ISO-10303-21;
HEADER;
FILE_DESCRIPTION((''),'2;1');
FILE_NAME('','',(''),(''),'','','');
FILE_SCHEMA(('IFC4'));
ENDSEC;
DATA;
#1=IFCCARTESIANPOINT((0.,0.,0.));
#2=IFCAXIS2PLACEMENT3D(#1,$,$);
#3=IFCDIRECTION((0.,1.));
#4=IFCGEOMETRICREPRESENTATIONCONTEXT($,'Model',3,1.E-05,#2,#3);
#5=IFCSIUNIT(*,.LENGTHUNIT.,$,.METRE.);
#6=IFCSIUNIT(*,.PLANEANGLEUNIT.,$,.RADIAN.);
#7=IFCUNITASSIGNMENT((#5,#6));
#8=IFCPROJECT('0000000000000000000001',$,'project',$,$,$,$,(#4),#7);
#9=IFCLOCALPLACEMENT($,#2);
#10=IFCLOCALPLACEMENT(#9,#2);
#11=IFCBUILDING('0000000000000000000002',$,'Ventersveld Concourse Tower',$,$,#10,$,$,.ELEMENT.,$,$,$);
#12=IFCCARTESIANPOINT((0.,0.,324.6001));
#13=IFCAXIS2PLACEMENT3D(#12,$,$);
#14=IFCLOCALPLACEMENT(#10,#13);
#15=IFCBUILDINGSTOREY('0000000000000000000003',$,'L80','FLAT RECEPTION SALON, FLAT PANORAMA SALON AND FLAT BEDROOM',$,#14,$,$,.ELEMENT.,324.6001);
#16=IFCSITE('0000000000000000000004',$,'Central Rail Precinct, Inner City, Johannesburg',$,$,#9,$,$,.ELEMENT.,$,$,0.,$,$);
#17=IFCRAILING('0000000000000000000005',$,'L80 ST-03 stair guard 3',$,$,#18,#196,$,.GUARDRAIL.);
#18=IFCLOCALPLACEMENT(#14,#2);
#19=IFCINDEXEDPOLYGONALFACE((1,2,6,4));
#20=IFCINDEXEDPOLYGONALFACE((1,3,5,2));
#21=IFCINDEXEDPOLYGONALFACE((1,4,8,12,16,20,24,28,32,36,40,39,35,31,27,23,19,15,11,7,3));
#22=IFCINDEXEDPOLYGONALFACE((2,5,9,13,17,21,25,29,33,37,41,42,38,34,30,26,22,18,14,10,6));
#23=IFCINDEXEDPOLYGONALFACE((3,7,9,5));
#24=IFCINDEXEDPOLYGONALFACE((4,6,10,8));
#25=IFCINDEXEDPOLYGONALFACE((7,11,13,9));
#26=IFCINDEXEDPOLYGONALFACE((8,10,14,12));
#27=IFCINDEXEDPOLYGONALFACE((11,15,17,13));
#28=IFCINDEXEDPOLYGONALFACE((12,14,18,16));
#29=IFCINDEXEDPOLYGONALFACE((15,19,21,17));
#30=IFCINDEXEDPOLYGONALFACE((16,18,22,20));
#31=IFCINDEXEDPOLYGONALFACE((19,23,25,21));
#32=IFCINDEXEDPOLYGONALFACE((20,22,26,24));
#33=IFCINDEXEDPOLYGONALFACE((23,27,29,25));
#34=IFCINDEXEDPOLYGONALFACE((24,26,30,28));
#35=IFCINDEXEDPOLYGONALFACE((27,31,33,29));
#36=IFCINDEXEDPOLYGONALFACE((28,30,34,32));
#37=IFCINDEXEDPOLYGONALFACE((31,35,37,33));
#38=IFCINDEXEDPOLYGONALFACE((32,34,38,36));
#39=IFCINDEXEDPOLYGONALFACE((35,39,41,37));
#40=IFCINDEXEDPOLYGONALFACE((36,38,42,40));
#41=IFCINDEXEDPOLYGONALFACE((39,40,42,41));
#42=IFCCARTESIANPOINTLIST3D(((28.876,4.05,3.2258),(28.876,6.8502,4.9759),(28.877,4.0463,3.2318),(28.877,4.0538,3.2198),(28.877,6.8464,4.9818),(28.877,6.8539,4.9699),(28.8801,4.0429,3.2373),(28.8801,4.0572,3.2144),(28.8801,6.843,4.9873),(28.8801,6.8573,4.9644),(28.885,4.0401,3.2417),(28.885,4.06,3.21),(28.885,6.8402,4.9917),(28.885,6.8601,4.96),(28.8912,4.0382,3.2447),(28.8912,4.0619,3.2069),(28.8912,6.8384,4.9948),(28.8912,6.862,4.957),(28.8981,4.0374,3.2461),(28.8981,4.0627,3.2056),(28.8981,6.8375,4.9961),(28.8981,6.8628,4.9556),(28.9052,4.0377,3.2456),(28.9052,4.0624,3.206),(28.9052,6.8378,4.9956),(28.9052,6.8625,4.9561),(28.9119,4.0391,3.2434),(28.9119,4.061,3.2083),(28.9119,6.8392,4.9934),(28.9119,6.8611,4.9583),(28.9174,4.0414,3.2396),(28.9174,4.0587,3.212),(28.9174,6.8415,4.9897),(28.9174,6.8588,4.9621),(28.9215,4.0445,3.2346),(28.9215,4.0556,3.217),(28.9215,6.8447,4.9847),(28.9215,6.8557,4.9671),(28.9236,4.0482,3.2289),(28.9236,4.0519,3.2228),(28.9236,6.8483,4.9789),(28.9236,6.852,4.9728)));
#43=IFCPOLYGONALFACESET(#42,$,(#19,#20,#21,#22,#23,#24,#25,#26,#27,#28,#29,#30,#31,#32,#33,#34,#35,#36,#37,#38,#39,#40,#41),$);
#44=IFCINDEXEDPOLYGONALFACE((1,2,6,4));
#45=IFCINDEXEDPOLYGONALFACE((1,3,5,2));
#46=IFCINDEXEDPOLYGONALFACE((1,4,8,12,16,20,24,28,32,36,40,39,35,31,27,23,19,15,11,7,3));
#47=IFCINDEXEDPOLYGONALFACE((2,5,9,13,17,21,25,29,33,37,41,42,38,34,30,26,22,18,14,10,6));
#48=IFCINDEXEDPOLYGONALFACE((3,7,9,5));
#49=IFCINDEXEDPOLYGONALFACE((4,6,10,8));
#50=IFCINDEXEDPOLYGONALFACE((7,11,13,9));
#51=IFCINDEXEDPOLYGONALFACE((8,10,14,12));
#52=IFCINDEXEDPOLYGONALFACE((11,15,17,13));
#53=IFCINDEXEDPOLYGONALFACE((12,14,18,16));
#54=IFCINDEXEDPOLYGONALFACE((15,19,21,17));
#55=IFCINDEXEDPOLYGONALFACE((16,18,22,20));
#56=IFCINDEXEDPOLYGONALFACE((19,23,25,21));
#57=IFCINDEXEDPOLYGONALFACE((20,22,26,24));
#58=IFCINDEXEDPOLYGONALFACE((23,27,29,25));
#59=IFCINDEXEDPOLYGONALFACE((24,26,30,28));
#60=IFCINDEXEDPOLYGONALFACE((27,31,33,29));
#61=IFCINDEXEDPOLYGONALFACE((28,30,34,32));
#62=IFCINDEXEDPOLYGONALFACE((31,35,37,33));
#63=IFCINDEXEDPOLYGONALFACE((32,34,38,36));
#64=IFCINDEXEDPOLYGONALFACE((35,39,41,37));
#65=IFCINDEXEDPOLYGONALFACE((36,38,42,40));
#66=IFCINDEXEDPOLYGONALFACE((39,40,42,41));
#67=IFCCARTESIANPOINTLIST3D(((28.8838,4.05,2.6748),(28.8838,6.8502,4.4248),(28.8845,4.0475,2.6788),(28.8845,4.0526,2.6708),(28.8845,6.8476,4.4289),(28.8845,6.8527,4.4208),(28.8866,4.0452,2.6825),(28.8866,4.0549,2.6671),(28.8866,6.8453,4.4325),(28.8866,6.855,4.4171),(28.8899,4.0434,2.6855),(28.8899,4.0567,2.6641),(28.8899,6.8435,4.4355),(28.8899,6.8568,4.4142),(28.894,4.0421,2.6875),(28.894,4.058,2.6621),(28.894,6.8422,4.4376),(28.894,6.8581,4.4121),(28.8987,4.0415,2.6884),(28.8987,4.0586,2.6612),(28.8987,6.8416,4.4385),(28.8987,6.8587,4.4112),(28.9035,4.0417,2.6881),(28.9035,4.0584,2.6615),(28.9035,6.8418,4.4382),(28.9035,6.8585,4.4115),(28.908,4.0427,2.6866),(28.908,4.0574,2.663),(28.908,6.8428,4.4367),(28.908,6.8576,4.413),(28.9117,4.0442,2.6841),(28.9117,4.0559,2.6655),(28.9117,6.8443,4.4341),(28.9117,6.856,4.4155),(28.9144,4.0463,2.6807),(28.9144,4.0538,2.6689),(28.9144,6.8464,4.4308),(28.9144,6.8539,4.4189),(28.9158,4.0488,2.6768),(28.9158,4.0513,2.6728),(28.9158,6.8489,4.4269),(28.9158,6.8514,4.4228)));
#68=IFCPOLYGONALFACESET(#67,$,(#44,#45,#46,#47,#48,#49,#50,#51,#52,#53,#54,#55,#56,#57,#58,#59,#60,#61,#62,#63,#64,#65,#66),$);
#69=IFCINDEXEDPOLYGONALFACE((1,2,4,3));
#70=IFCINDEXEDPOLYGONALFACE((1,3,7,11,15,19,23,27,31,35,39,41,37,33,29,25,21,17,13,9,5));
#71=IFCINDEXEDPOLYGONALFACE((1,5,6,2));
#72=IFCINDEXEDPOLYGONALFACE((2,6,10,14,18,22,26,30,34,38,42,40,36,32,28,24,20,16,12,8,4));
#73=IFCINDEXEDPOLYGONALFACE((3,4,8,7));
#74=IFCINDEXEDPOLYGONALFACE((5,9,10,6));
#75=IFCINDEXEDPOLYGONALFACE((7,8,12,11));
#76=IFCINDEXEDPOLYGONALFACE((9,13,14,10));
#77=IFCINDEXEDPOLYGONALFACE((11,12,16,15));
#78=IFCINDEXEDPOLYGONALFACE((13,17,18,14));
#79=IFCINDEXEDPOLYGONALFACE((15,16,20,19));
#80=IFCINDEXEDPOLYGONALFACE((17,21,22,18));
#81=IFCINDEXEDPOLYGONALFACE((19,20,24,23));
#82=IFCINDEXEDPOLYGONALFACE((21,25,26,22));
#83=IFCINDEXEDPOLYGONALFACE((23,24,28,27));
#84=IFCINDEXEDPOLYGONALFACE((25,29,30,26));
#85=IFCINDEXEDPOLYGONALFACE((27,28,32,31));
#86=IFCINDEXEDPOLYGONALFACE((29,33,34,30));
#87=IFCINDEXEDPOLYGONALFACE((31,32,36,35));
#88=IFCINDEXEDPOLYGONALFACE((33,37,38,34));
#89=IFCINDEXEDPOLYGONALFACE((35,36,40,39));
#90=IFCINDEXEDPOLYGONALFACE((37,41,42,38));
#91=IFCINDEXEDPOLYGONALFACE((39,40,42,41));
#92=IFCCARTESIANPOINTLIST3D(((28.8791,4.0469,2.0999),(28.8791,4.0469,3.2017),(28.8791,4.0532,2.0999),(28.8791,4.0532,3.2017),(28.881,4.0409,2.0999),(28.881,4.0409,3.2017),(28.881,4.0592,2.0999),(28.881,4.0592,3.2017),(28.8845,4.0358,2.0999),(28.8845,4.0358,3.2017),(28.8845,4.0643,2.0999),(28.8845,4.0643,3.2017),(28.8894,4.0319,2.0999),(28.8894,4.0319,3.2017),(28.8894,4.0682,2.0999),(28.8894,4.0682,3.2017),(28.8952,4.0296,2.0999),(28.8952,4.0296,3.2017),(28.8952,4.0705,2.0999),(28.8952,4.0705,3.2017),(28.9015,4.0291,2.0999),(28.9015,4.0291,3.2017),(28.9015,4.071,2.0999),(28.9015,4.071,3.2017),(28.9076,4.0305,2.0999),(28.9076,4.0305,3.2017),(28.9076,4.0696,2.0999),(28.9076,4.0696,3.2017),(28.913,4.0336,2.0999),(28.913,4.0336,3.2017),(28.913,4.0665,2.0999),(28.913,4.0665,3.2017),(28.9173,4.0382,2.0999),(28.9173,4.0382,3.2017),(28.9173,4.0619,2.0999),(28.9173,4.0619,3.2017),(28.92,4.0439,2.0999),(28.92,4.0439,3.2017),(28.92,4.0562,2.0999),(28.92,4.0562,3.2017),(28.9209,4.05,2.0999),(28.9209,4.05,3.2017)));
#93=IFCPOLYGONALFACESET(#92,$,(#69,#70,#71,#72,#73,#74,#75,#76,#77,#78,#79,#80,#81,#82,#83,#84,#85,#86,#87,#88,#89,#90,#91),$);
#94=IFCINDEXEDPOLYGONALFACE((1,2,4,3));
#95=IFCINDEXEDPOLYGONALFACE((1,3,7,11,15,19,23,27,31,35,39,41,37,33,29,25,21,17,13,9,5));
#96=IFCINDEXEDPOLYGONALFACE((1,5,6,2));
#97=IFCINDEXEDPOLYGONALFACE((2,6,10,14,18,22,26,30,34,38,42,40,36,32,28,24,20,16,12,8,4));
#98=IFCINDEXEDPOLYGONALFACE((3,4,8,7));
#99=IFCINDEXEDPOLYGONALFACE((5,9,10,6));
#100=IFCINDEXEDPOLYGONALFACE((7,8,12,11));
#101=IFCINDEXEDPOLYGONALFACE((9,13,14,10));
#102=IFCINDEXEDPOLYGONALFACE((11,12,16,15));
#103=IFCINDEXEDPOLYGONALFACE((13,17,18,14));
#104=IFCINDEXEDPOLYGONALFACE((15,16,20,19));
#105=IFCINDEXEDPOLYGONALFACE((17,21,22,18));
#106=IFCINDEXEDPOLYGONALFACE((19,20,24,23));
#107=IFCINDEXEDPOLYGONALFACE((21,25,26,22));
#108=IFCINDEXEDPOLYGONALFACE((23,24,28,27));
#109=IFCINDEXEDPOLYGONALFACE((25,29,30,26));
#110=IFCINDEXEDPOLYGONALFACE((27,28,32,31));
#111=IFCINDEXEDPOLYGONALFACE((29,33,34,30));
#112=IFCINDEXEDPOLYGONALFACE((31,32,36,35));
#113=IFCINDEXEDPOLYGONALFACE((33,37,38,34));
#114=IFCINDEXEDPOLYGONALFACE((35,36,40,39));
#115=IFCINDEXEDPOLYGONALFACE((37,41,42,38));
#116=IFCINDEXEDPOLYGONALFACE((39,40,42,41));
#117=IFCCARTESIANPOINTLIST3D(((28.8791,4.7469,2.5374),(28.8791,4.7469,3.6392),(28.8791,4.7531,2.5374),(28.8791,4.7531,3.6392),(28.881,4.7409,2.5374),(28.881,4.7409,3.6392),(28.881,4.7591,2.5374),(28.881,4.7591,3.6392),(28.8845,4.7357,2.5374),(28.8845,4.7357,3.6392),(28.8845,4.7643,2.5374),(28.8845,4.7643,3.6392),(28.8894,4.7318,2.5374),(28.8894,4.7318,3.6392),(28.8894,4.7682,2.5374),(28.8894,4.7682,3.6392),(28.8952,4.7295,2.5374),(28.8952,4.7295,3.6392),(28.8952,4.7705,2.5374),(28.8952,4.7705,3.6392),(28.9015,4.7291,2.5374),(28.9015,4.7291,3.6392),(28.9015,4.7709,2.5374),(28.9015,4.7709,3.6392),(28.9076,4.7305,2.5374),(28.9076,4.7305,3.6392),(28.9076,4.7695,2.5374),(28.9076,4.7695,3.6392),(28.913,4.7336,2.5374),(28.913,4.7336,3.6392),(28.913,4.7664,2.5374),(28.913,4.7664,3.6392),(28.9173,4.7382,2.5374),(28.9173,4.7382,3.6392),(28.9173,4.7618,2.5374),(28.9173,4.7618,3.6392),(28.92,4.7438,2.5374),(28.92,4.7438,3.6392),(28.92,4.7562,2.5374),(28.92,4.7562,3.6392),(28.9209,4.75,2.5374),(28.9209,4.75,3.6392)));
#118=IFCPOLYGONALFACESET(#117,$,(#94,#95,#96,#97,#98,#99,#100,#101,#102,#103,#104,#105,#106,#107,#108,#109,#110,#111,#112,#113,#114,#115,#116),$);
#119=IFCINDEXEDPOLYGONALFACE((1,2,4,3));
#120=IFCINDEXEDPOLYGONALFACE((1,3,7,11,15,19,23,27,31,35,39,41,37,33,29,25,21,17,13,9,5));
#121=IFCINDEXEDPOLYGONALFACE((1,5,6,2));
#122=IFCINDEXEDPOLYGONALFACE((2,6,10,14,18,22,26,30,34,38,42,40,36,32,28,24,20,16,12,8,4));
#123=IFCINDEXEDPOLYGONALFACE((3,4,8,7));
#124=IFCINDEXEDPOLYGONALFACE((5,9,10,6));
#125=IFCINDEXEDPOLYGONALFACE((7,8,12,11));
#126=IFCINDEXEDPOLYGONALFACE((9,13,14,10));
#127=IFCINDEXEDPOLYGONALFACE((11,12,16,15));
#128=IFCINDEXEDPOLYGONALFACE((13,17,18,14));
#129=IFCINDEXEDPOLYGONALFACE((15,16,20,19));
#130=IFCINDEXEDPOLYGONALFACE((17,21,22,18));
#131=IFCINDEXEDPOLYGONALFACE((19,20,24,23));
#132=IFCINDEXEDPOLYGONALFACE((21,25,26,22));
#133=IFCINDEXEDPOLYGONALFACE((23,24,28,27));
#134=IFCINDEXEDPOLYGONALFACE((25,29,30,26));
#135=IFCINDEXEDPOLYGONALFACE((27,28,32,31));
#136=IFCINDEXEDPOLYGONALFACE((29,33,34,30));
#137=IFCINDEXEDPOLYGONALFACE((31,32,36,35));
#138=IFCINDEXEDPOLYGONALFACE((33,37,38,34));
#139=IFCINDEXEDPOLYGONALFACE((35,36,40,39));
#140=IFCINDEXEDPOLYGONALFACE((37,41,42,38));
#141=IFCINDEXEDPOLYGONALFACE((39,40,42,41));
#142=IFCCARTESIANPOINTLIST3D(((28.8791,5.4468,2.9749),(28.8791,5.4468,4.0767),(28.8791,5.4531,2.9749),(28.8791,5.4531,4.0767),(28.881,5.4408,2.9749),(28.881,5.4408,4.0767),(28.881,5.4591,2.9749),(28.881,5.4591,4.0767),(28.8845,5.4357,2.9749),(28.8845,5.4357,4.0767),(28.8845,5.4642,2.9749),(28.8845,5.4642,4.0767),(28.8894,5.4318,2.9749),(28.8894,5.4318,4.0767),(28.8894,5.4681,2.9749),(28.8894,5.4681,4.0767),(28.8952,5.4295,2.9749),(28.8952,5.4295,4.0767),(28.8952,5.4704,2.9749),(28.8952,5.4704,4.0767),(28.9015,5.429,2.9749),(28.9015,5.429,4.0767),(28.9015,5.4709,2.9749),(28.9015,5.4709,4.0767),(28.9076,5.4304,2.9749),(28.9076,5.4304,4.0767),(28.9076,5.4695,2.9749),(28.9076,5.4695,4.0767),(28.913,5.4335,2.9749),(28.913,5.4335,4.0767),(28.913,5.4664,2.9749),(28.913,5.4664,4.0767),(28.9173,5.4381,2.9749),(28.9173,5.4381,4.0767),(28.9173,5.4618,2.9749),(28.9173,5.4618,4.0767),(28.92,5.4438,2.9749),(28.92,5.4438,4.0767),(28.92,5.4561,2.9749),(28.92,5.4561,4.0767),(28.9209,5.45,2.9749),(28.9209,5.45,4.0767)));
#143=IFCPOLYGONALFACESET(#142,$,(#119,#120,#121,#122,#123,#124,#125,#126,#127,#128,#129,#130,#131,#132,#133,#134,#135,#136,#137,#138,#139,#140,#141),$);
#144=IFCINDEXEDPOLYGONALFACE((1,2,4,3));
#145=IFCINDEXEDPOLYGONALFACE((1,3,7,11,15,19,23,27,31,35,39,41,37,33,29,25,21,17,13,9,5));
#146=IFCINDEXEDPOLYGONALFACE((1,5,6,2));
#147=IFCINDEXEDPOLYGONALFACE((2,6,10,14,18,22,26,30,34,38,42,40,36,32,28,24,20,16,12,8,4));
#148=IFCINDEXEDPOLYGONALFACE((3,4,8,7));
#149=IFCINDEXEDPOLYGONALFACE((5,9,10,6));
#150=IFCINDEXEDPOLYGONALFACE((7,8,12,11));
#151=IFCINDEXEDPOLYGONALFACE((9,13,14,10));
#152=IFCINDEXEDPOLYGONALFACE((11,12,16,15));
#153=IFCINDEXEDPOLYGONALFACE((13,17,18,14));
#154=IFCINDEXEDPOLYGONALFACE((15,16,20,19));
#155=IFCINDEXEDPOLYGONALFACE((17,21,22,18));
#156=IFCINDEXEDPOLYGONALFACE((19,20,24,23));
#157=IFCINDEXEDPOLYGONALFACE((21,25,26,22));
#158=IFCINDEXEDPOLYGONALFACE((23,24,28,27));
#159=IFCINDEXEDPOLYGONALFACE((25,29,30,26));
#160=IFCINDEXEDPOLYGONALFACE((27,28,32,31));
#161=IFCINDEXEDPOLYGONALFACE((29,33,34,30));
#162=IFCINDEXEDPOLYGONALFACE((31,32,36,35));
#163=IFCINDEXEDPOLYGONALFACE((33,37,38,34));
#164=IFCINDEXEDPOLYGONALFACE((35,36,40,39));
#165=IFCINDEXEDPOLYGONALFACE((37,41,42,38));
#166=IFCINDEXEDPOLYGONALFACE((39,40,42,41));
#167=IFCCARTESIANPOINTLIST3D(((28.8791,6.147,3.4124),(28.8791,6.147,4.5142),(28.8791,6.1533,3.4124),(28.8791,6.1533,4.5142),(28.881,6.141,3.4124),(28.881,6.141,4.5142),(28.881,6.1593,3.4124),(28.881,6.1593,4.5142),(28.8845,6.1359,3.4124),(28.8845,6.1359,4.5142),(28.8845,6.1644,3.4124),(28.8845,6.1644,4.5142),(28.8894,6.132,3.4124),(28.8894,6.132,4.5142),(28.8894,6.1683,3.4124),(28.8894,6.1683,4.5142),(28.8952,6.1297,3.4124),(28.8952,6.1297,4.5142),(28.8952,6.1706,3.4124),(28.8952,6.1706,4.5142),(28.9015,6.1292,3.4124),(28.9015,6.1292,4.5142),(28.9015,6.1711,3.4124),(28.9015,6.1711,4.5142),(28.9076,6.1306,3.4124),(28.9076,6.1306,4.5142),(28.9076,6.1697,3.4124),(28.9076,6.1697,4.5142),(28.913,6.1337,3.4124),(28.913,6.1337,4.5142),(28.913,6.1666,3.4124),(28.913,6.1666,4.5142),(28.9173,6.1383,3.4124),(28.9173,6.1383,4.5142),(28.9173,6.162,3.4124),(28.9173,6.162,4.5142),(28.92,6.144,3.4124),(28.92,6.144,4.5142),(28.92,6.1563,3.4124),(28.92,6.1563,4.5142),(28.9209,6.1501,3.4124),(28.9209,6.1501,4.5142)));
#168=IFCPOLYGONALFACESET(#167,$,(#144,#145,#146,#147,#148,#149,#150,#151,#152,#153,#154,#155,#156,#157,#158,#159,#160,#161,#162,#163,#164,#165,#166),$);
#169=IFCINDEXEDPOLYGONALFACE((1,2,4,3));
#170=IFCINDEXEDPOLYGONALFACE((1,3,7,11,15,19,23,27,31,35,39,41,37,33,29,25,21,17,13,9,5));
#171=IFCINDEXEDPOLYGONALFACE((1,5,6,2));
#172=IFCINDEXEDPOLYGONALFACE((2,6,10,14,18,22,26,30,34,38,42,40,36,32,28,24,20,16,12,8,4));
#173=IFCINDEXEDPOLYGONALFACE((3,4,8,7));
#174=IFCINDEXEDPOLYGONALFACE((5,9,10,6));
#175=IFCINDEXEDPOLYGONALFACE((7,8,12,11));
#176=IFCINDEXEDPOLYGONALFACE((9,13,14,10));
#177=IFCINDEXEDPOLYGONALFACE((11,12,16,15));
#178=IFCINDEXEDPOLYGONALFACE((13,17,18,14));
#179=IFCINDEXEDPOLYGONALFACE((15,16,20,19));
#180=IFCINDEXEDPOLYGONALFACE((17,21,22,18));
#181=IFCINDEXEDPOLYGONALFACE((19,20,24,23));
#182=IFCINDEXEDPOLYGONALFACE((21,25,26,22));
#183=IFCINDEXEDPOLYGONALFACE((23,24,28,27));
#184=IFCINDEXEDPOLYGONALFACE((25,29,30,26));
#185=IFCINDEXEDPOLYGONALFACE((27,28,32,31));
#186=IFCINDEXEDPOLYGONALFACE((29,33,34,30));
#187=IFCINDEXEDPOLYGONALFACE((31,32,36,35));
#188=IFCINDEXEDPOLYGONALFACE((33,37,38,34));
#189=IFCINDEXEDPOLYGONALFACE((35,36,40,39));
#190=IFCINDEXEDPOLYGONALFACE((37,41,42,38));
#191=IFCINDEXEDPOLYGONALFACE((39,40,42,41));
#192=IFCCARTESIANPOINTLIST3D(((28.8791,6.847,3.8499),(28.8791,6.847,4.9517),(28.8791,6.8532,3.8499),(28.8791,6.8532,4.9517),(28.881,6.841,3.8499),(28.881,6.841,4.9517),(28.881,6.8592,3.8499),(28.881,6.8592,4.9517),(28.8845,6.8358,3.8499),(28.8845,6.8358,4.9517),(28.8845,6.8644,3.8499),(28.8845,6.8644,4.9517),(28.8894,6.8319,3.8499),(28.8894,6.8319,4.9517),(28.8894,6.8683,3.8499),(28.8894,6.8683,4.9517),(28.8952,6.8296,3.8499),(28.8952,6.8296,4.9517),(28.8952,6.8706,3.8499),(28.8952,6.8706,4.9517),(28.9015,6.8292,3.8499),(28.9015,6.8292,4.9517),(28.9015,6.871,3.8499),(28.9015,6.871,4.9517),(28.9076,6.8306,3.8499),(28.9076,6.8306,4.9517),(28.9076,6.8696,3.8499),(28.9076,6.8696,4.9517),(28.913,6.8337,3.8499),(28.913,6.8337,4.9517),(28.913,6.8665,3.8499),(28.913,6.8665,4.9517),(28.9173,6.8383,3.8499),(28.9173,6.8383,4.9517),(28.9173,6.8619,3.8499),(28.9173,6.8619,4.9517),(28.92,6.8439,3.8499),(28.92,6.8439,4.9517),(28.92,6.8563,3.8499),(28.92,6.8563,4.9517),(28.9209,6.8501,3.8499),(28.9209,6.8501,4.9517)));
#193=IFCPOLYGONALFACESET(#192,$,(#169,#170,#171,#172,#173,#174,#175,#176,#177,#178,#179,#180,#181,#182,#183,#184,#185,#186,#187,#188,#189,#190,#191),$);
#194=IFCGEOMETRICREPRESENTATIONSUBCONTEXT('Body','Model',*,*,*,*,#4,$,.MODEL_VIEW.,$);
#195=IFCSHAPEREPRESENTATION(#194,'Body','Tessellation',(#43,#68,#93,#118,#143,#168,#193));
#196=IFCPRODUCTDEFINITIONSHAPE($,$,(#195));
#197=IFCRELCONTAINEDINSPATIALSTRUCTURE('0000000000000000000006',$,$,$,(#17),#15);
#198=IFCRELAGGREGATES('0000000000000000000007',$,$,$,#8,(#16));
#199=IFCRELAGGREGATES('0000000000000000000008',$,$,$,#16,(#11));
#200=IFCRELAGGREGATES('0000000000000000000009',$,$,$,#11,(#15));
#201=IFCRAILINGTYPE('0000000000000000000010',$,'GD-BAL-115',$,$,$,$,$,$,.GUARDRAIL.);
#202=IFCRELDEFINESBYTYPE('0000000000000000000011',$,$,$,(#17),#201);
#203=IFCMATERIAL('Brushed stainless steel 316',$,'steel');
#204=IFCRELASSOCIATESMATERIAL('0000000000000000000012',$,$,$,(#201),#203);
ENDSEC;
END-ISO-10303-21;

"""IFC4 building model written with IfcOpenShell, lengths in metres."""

from ifc_helpers import new_model, si_unit, direction, frame, origin, origin_2d, place, context, subcontext, project, spatial, circle, extrude, material, type_object, element, save


model = new_model("IFC4")

# Units and contexts
model_context = context("Model", 3, precision=1e-05, world=origin(), true_north=direction((0.0, 1.0)))
body_context = subcontext(model_context, "Body", "Model", "MODEL_VIEW")
ifc_project = project(units=[si_unit("LENGTHUNIT", "METRE"), si_unit("PLANEANGLEUNIT", "RADIAN")], contexts=[model_context])

# Site, building, storey
site_placement = place(None, origin())
site = spatial("IfcSite", under=ifc_project, at=site_placement, Name="Central Rail Precinct, Inner City, Johannesburg", CompositionType="ELEMENT", RefElevation=0.0)
building_placement = place(site_placement, origin())
building = spatial("IfcBuilding", under=site, at=building_placement, Name="Ventersveld Concourse Tower", CompositionType="ELEMENT")
storey_placement = place(building_placement, frame((0.0, 0.0, 324.6001)))
storey = spatial("IfcBuildingStorey", under=building, at=storey_placement, Name="L80", Description="FLAT RECEPTION SALON, FLAT PANORAMA SALON AND FLAT BEDROOM", CompositionType="ELEMENT", Elevation=324.6001)

# Shared definitions
ifc_material_1 = material(Name="Brushed stainless steel 316", Category="steel")

# Railing
railing_type_1 = type_object("IfcRailingType", Name="GD-BAL-115", PredefinedType="GUARDRAIL", material=ifc_material_1)
railing_1_placement = place(storey_placement, frame((28.8999, 4.05, 2.0999)))
element("IfcRailing", 1, at=railing_1_placement, inside=storey, type_object=railing_type_1, Name="L80 ST-03 stair guard 3", PredefinedType="GUARDRAIL", context=body_context, shape_type="SweptSolid", body=[
    extrude(circle(Radius=0.0239, at=origin_2d()), frame((0.0, 0.0, 1.126), z_axis=(0.0, 0.848002, 0.529992), x_axis=(-1.0, 0.0, 0.0)), (0.0, 0.0, 1.0), 3.302),
    extrude(circle(Radius=0.0161, at=origin_2d()), frame((0.0, 0.0, 0.575), z_axis=(0.0, 0.848002, 0.529992), x_axis=(-1.0, 0.0, 0.0)), (0.0, 0.0, 1.0), 3.302),
    extrude(circle(Radius=0.021, at=origin_2d()), origin(), (0.0, 0.0, 1.0), 1.1018),
    extrude(circle(Radius=0.021, at=origin_2d()), frame((0.0, 0.7, 0.4375)), (0.0, 0.0, 1.0), 1.1018),
    extrude(circle(Radius=0.021, at=origin_2d()), frame((0.0, 1.3999, 0.875)), (0.0, 0.0, 1.0), 1.1018),
    extrude(circle(Radius=0.021, at=origin_2d()), frame((0.0, 2.1001, 1.3125)), (0.0, 0.0, 1.0), 1.1018),
    extrude(circle(Radius=0.021, at=origin_2d()), frame((0.0, 2.8, 1.75)), (0.0, 0.0, 1.0), 1.1018),
])

save(model, "model.ifc")
